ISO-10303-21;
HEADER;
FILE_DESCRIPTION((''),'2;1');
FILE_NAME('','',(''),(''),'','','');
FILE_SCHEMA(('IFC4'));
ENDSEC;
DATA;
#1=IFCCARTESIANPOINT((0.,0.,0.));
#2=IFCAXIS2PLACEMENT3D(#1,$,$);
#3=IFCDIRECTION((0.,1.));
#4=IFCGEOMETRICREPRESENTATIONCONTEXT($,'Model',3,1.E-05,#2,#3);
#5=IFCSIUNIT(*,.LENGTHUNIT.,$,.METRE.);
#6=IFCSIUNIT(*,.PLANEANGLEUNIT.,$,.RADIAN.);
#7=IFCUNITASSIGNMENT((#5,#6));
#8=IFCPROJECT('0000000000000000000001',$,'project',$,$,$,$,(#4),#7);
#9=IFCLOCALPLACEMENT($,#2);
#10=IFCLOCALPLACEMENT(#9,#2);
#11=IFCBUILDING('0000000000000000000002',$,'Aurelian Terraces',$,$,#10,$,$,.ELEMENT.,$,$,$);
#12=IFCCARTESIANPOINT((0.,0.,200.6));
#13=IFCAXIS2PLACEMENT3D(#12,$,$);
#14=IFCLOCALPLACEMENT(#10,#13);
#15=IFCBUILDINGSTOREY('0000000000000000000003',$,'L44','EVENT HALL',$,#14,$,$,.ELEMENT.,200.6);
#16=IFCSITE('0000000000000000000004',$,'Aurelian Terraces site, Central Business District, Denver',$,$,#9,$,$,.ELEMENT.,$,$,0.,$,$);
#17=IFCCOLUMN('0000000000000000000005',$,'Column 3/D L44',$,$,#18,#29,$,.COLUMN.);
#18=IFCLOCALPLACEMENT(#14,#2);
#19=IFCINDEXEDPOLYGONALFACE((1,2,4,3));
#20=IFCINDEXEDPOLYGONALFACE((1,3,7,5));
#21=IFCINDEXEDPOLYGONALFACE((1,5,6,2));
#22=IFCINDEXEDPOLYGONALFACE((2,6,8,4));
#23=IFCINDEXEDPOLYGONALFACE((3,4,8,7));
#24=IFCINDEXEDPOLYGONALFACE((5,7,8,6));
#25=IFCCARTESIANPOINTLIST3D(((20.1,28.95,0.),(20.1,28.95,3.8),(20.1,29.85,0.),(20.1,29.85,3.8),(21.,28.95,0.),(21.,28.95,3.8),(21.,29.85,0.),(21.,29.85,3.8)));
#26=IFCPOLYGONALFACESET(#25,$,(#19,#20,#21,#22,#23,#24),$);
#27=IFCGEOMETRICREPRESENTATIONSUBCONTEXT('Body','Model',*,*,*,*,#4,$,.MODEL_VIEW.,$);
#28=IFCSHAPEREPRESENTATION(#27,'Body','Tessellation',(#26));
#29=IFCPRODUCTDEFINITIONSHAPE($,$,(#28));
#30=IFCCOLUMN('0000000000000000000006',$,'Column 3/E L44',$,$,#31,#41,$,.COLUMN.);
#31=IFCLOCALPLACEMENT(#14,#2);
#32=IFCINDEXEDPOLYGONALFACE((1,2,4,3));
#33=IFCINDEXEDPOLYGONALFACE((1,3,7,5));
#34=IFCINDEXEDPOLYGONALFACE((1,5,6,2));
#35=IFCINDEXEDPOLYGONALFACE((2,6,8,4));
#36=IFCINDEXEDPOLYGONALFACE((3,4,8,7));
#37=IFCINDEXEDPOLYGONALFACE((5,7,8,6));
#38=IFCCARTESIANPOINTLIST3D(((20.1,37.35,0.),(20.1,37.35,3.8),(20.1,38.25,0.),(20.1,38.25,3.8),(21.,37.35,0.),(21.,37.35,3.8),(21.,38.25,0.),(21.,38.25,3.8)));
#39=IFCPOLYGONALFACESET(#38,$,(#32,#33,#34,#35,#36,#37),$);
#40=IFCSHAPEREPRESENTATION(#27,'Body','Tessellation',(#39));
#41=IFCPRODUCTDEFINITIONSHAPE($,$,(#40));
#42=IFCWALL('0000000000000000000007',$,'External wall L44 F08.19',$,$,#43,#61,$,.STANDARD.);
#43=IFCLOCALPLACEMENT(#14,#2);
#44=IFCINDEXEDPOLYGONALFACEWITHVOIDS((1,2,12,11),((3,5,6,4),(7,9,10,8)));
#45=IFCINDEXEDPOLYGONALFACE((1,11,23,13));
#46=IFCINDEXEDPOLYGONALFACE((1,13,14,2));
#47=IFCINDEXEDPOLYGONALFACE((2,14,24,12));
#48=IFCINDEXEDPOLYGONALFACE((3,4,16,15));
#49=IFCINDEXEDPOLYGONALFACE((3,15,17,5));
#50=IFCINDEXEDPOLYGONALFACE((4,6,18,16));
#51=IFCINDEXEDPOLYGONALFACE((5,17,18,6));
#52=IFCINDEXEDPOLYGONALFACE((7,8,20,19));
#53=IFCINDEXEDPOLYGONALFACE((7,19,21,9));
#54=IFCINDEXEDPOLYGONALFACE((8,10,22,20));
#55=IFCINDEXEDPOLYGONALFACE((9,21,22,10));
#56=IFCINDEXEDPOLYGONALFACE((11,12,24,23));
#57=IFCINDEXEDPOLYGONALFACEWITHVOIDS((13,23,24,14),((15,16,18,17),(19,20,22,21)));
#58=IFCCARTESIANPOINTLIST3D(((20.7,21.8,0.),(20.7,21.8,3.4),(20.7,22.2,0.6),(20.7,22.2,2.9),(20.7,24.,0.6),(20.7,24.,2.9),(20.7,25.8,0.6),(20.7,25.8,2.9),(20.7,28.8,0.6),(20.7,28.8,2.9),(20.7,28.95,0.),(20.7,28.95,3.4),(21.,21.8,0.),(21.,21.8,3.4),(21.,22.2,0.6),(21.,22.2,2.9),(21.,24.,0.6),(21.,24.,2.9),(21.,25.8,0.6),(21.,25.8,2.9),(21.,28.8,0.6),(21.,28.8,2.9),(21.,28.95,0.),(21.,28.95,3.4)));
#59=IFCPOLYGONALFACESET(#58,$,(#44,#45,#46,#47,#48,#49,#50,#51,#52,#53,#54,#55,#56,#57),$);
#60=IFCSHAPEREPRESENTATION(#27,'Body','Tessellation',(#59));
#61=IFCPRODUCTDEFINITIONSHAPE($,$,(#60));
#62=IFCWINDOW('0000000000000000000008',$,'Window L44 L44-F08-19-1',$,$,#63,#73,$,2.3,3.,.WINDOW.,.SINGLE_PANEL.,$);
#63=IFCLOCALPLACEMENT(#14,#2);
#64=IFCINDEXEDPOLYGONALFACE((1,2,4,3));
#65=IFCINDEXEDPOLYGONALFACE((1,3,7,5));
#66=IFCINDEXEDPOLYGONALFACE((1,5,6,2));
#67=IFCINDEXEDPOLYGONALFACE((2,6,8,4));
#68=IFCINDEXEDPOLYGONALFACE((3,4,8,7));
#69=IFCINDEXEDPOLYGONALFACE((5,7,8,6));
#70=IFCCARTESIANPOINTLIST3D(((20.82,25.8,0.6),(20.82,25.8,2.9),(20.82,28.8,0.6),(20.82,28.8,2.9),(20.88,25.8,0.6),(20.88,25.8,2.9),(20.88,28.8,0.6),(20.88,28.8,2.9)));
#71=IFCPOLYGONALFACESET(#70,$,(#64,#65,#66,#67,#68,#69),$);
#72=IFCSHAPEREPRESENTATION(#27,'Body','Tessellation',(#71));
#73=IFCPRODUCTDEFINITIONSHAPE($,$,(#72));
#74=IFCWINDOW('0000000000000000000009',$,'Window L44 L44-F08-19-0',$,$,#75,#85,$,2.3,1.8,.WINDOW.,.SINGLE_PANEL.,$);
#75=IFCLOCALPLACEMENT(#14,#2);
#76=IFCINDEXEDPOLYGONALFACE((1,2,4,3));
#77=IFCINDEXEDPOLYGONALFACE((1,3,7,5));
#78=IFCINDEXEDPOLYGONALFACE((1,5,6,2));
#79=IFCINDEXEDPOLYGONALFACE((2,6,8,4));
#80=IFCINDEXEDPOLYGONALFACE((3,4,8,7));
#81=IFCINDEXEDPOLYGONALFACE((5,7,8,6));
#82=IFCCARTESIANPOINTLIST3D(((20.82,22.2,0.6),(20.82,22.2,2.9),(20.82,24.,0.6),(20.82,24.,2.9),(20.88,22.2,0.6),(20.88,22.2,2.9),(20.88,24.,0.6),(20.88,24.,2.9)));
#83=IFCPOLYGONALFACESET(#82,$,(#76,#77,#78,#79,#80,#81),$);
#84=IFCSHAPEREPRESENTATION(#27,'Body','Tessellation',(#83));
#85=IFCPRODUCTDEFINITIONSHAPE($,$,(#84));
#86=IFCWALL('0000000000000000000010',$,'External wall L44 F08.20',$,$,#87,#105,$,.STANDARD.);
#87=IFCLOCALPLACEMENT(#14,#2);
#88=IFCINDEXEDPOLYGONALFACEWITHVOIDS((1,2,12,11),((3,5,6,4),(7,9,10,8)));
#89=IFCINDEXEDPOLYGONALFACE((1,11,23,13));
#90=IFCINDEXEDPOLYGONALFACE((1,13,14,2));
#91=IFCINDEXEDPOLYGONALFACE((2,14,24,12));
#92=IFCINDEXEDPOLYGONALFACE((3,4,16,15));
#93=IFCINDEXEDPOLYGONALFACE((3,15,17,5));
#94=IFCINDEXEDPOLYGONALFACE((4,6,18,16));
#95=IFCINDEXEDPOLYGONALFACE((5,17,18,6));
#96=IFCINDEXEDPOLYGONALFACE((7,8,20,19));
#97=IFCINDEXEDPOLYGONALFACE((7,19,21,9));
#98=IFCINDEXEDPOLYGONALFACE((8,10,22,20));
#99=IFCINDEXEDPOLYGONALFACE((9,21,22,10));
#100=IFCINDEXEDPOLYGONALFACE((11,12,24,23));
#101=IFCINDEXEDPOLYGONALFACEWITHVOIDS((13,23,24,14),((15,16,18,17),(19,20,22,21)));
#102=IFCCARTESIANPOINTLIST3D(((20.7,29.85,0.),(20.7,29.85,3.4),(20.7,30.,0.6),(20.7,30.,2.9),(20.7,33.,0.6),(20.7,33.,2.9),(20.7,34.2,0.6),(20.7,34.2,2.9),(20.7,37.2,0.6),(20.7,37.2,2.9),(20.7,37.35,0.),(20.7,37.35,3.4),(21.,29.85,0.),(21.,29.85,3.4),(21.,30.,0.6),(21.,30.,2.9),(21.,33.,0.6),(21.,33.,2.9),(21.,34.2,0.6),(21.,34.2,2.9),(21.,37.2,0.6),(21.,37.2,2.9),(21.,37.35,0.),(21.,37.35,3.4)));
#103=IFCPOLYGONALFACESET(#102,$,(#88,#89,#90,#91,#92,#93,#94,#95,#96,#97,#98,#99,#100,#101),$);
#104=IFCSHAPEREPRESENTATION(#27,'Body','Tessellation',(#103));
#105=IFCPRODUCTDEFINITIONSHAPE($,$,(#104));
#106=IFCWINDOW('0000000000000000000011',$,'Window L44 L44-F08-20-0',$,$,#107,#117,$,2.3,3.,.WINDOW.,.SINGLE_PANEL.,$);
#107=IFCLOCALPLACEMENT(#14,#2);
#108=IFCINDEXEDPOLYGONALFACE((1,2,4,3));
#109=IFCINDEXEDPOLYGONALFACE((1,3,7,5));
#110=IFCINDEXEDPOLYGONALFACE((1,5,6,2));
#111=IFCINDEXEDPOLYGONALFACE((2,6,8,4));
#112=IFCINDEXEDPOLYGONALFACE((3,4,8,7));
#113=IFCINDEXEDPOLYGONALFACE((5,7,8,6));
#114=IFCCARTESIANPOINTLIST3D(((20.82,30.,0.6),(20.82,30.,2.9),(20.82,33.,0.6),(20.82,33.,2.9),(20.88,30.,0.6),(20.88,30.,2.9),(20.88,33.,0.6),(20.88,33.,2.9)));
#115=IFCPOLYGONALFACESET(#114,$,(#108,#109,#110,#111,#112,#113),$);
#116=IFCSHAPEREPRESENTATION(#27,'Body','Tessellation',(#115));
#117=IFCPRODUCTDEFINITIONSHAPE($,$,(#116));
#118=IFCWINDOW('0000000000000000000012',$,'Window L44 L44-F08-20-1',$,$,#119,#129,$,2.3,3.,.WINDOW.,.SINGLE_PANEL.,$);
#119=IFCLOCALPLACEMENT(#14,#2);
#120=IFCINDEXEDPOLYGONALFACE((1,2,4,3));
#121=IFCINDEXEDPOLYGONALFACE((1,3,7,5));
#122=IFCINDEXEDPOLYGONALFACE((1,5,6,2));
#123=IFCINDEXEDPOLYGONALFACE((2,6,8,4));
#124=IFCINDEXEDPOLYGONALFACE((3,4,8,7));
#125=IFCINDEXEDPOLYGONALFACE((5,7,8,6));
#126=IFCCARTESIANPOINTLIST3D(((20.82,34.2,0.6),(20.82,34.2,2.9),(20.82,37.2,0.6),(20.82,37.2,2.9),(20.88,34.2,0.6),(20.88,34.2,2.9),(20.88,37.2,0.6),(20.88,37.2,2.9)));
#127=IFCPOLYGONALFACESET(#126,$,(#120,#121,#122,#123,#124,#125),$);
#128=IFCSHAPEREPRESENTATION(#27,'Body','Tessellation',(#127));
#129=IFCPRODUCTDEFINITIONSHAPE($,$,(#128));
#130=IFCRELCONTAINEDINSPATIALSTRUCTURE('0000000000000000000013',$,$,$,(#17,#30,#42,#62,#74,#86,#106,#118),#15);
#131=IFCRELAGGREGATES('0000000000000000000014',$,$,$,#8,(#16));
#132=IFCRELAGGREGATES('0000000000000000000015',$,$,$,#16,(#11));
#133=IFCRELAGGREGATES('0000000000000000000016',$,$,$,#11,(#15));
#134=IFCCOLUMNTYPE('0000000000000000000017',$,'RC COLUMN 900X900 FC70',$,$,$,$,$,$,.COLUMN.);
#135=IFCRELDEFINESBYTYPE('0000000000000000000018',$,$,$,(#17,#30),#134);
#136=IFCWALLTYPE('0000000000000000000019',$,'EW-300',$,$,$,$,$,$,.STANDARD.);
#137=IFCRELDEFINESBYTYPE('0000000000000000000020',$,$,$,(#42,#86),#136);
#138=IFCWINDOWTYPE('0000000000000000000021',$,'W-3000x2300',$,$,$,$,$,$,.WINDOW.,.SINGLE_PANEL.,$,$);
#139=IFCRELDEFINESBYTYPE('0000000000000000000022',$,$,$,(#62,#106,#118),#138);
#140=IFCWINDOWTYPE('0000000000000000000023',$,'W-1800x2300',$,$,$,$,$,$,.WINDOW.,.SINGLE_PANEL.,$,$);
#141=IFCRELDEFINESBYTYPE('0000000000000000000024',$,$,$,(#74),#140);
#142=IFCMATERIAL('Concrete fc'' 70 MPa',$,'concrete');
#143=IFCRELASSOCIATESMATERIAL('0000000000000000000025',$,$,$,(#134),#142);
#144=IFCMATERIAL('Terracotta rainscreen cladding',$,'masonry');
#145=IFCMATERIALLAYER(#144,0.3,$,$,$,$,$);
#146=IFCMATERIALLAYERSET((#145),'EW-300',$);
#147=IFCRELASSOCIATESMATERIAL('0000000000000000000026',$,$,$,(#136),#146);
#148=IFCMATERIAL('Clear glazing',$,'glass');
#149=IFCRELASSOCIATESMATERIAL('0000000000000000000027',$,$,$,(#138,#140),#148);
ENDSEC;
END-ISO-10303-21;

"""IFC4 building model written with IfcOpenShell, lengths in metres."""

from ifc_helpers import new_model, si_unit, direction, frame, frame_2d, origin, origin_2d, place, context, subcontext, project, spatial, rectangle, extrude, source, transform, mapped, material, layer, layer_set, material_profile, profile_set, type_object, element, fill, save


model = new_model("IFC4")

# Units and contexts
model_context = context("Model", 3, precision=1e-05, world=origin(), true_north=direction((0.0, 1.0)))
body_context = subcontext(model_context, "Body", "Model", "MODEL_VIEW")
ifc_project = project(units=[si_unit("LENGTHUNIT", "METRE"), si_unit("PLANEANGLEUNIT", "RADIAN")], contexts=[model_context])

# Site, building, storey
site_placement = place(None, origin())
site = spatial("IfcSite", under=ifc_project, at=site_placement, Name="Aurelian Terraces site, Central Business District, Denver", CompositionType="ELEMENT", RefElevation=0.0)
building_placement = place(site_placement, origin())
building = spatial("IfcBuilding", under=site, at=building_placement, Name="Aurelian Terraces", CompositionType="ELEMENT")
storey_placement = place(building_placement, frame((0.0, 0.0, 200.6)))
storey = spatial("IfcBuildingStorey", under=building, at=storey_placement, Name="L44", Description="EVENT HALL", CompositionType="ELEMENT", Elevation=200.6)

# Columns
ifc_material_1 = material(Name="Concrete fc' 70 MPa", Category="concrete")
ifc_material_profile = material_profile(ifc_material_1, rectangle(XDim=0.9, YDim=0.9, at=origin_2d()))
ifc_profile_set = profile_set([ifc_material_profile], Name="Concrete fc' 70 MPa")
column_type = type_object("IfcColumnType", Name="RC COLUMN 900X900 FC70", PredefinedType="COLUMN", material=ifc_profile_set)
shared_shape_1 = source(origin(), body_context, "Body", "SweptSolid", [
    extrude(rectangle(XDim=0.9, YDim=0.9, at=origin_2d()), origin(), (0.0, 0.0, 1.0), 3.8),
])
for number, where, z_axis, x_axis, name in (
    (1, (20.55, 29.4, 0.0), (0.0, 0.0, 1.0), (1.0, 0.0, 0.0), "Column 3/D L44"),
    (2, (20.55, 37.8, 0.0), (0.0, 0.0, 1.0), (1.0, 0.0, 0.0), "Column 3/E L44"),
):
    element("IfcColumn", number, at=place(storey_placement, frame(where, z_axis=z_axis, x_axis=x_axis)), inside=storey, type_object=column_type, Name=name, PredefinedType="COLUMN", context=body_context, shape_type="MappedRepresentation", body=[
        mapped(shared_shape_1, transform((0.0, 0.0, 0.0), scale=1.0)),
    ])

# Walls, openings, windows
ifc_material_2 = material(Name="Terracotta rainscreen cladding", Category="masonry")
ifc_layer_1 = layer(ifc_material_2, 0.3)
ifc_layer_set_1 = layer_set([ifc_layer_1], Name="EW-300")
wall_type_1 = type_object("IfcWallType", Name="EW-300", PredefinedType="STANDARD", material=ifc_layer_set_1)
shared_shape_2 = source(origin(), body_context, "Body", "SweptSolid", [
    extrude(rectangle(XDim=7.15, YDim=0.3, at=frame_2d((3.575, 0.0))), origin(), (0.0, 0.0, 1.0), 3.4),
])
wall_1_placement = place(storey_placement, frame((20.85, 21.8, 0.0), z_axis=(0.0, 0.0, 1.0), x_axis=(0.0, 1.0, 0.0)))
wall_1 = element("IfcWall", 3, at=wall_1_placement, inside=storey, type_object=wall_type_1, Name="External wall L44 F08.19", PredefinedType="STANDARD", context=body_context, shape_type="MappedRepresentation", body=[
    mapped(shared_shape_2, transform((0.0, 0.0, 0.0), scale=1.0)),
])
shared_shape_3 = source(origin(), body_context, "Body", "SweptSolid", [
    extrude(rectangle(XDim=1.8, YDim=2.3, at=frame_2d((0.9, 1.15))), frame((0.0, 0.16, 0.0), z_axis=(0.0, -1.0, 0.0), x_axis=(1.0, 0.0, 0.0)), (0.0, 0.0, 1.0), 0.32),
])
opening_1_placement = place(wall_1_placement, frame((0.4, 0.0, 0.6)))
opening_1 = element("IfcOpeningElement", 4, at=opening_1_placement, cuts=wall_1, PredefinedType="OPENING", context=body_context, shape_type="MappedRepresentation", body=[
    mapped(shared_shape_3, transform((0.0, 0.0, 0.0), scale=1.0)),
])
shared_shape_4 = source(origin(), body_context, "Body", "SweptSolid", [
    extrude(rectangle(XDim=3.0, YDim=2.3, at=frame_2d((1.5, 1.15))), frame((0.0, 0.16, 0.0), z_axis=(0.0, -1.0, 0.0), x_axis=(1.0, 0.0, 0.0)), (0.0, 0.0, 1.0), 0.32),
])
opening_2_placement = place(wall_1_placement, frame((4.0, 0.0, 0.6)))
opening_2 = element("IfcOpeningElement", 5, at=opening_2_placement, cuts=wall_1, PredefinedType="OPENING", context=body_context, shape_type="MappedRepresentation", body=[
    mapped(shared_shape_4, transform((0.0, 0.0, 0.0), scale=1.0)),
])
ifc_material_3 = material(Name="Clear glazing", Category="glass")
window_type_1 = type_object("IfcWindowType", Name="W-3000x2300", PartitioningType="SINGLE_PANEL", PredefinedType="WINDOW", material=ifc_material_3)
shared_shape_5 = source(origin(), body_context, "Body", "SweptSolid", [
    extrude(rectangle(XDim=3.0, YDim=2.3, at=frame_2d((1.5, 1.15))), frame((0.0, 0.03, 0.0), z_axis=(0.0, -1.0, 0.0), x_axis=(1.0, 0.0, 0.0)), (0.0, 0.0, 1.0), 0.06),
])
window_1_placement = place(opening_2_placement, origin())
window_1 = element("IfcWindow", 6, at=window_1_placement, inside=storey, type_object=window_type_1, Name="Window L44 L44-F08-19-1", OverallHeight=2.3, OverallWidth=3.0, PartitioningType="SINGLE_PANEL", PredefinedType="WINDOW", context=body_context, shape_type="MappedRepresentation", body=[
    mapped(shared_shape_5, transform((0.0, 0.0, 0.0), scale=1.0)),
])
fill(opening_2, window_1)
window_type_2 = type_object("IfcWindowType", Name="W-1800x2300", PartitioningType="SINGLE_PANEL", PredefinedType="WINDOW", material=ifc_material_3)
shared_shape_6 = source(origin(), body_context, "Body", "SweptSolid", [
    extrude(rectangle(XDim=1.8, YDim=2.3, at=frame_2d((0.9, 1.15))), frame((0.0, 0.03, 0.0), z_axis=(0.0, -1.0, 0.0), x_axis=(1.0, 0.0, 0.0)), (0.0, 0.0, 1.0), 0.06),
])
window_2_placement = place(opening_1_placement, origin())
window_2 = element("IfcWindow", 7, at=window_2_placement, inside=storey, type_object=window_type_2, Name="Window L44 L44-F08-19-0", OverallHeight=2.3, OverallWidth=1.8, PartitioningType="SINGLE_PANEL", PredefinedType="WINDOW", context=body_context, shape_type="MappedRepresentation", body=[
    mapped(shared_shape_6, transform((0.0, 0.0, 0.0), scale=1.0)),
])
fill(opening_1, window_2)
shared_shape_7 = source(origin(), body_context, "Body", "SweptSolid", [
    extrude(rectangle(XDim=7.5, YDim=0.3, at=frame_2d((3.75, 0.0))), origin(), (0.0, 0.0, 1.0), 3.4),
])
wall_2_placement = place(storey_placement, frame((20.85, 29.85, 0.0), z_axis=(0.0, 0.0, 1.0), x_axis=(0.0, 1.0, 0.0)))
wall_2 = element("IfcWall", 8, at=wall_2_placement, inside=storey, type_object=wall_type_1, Name="External wall L44 F08.20", PredefinedType="STANDARD", context=body_context, shape_type="MappedRepresentation", body=[
    mapped(shared_shape_7, transform((0.0, 0.0, 0.0), scale=1.0)),
])
opening_3_placement = place(wall_2_placement, frame((0.15, 0.0, 0.6)))
opening_3 = element("IfcOpeningElement", 9, at=opening_3_placement, cuts=wall_2, PredefinedType="OPENING", context=body_context, shape_type="MappedRepresentation", body=[
    mapped(shared_shape_4, transform((0.0, 0.0, 0.0), scale=1.0)),
])
opening_4_placement = place(wall_2_placement, frame((4.35, 0.0, 0.6)))
opening_4 = element("IfcOpeningElement", 10, at=opening_4_placement, cuts=wall_2, PredefinedType="OPENING", context=body_context, shape_type="MappedRepresentation", body=[
    mapped(shared_shape_4, transform((0.0, 0.0, 0.0), scale=1.0)),
])
window_3_placement = place(opening_3_placement, origin())
window_3 = element("IfcWindow", 11, at=window_3_placement, inside=storey, type_object=window_type_1, Name="Window L44 L44-F08-20-0", OverallHeight=2.3, OverallWidth=3.0, PartitioningType="SINGLE_PANEL", PredefinedType="WINDOW", context=body_context, shape_type="MappedRepresentation", body=[
    mapped(shared_shape_5, transform((0.0, 0.0, 0.0), scale=1.0)),
])
fill(opening_3, window_3)
window_4_placement = place(opening_4_placement, origin())
window_4 = element("IfcWindow", 12, at=window_4_placement, inside=storey, type_object=window_type_1, Name="Window L44 L44-F08-20-1", OverallHeight=2.3, OverallWidth=3.0, PartitioningType="SINGLE_PANEL", PredefinedType="WINDOW", context=body_context, shape_type="MappedRepresentation", body=[
    mapped(shared_shape_5, transform((0.0, 0.0, 0.0), scale=1.0)),
])
fill(opening_4, window_4)

save(model, "model.ifc")
